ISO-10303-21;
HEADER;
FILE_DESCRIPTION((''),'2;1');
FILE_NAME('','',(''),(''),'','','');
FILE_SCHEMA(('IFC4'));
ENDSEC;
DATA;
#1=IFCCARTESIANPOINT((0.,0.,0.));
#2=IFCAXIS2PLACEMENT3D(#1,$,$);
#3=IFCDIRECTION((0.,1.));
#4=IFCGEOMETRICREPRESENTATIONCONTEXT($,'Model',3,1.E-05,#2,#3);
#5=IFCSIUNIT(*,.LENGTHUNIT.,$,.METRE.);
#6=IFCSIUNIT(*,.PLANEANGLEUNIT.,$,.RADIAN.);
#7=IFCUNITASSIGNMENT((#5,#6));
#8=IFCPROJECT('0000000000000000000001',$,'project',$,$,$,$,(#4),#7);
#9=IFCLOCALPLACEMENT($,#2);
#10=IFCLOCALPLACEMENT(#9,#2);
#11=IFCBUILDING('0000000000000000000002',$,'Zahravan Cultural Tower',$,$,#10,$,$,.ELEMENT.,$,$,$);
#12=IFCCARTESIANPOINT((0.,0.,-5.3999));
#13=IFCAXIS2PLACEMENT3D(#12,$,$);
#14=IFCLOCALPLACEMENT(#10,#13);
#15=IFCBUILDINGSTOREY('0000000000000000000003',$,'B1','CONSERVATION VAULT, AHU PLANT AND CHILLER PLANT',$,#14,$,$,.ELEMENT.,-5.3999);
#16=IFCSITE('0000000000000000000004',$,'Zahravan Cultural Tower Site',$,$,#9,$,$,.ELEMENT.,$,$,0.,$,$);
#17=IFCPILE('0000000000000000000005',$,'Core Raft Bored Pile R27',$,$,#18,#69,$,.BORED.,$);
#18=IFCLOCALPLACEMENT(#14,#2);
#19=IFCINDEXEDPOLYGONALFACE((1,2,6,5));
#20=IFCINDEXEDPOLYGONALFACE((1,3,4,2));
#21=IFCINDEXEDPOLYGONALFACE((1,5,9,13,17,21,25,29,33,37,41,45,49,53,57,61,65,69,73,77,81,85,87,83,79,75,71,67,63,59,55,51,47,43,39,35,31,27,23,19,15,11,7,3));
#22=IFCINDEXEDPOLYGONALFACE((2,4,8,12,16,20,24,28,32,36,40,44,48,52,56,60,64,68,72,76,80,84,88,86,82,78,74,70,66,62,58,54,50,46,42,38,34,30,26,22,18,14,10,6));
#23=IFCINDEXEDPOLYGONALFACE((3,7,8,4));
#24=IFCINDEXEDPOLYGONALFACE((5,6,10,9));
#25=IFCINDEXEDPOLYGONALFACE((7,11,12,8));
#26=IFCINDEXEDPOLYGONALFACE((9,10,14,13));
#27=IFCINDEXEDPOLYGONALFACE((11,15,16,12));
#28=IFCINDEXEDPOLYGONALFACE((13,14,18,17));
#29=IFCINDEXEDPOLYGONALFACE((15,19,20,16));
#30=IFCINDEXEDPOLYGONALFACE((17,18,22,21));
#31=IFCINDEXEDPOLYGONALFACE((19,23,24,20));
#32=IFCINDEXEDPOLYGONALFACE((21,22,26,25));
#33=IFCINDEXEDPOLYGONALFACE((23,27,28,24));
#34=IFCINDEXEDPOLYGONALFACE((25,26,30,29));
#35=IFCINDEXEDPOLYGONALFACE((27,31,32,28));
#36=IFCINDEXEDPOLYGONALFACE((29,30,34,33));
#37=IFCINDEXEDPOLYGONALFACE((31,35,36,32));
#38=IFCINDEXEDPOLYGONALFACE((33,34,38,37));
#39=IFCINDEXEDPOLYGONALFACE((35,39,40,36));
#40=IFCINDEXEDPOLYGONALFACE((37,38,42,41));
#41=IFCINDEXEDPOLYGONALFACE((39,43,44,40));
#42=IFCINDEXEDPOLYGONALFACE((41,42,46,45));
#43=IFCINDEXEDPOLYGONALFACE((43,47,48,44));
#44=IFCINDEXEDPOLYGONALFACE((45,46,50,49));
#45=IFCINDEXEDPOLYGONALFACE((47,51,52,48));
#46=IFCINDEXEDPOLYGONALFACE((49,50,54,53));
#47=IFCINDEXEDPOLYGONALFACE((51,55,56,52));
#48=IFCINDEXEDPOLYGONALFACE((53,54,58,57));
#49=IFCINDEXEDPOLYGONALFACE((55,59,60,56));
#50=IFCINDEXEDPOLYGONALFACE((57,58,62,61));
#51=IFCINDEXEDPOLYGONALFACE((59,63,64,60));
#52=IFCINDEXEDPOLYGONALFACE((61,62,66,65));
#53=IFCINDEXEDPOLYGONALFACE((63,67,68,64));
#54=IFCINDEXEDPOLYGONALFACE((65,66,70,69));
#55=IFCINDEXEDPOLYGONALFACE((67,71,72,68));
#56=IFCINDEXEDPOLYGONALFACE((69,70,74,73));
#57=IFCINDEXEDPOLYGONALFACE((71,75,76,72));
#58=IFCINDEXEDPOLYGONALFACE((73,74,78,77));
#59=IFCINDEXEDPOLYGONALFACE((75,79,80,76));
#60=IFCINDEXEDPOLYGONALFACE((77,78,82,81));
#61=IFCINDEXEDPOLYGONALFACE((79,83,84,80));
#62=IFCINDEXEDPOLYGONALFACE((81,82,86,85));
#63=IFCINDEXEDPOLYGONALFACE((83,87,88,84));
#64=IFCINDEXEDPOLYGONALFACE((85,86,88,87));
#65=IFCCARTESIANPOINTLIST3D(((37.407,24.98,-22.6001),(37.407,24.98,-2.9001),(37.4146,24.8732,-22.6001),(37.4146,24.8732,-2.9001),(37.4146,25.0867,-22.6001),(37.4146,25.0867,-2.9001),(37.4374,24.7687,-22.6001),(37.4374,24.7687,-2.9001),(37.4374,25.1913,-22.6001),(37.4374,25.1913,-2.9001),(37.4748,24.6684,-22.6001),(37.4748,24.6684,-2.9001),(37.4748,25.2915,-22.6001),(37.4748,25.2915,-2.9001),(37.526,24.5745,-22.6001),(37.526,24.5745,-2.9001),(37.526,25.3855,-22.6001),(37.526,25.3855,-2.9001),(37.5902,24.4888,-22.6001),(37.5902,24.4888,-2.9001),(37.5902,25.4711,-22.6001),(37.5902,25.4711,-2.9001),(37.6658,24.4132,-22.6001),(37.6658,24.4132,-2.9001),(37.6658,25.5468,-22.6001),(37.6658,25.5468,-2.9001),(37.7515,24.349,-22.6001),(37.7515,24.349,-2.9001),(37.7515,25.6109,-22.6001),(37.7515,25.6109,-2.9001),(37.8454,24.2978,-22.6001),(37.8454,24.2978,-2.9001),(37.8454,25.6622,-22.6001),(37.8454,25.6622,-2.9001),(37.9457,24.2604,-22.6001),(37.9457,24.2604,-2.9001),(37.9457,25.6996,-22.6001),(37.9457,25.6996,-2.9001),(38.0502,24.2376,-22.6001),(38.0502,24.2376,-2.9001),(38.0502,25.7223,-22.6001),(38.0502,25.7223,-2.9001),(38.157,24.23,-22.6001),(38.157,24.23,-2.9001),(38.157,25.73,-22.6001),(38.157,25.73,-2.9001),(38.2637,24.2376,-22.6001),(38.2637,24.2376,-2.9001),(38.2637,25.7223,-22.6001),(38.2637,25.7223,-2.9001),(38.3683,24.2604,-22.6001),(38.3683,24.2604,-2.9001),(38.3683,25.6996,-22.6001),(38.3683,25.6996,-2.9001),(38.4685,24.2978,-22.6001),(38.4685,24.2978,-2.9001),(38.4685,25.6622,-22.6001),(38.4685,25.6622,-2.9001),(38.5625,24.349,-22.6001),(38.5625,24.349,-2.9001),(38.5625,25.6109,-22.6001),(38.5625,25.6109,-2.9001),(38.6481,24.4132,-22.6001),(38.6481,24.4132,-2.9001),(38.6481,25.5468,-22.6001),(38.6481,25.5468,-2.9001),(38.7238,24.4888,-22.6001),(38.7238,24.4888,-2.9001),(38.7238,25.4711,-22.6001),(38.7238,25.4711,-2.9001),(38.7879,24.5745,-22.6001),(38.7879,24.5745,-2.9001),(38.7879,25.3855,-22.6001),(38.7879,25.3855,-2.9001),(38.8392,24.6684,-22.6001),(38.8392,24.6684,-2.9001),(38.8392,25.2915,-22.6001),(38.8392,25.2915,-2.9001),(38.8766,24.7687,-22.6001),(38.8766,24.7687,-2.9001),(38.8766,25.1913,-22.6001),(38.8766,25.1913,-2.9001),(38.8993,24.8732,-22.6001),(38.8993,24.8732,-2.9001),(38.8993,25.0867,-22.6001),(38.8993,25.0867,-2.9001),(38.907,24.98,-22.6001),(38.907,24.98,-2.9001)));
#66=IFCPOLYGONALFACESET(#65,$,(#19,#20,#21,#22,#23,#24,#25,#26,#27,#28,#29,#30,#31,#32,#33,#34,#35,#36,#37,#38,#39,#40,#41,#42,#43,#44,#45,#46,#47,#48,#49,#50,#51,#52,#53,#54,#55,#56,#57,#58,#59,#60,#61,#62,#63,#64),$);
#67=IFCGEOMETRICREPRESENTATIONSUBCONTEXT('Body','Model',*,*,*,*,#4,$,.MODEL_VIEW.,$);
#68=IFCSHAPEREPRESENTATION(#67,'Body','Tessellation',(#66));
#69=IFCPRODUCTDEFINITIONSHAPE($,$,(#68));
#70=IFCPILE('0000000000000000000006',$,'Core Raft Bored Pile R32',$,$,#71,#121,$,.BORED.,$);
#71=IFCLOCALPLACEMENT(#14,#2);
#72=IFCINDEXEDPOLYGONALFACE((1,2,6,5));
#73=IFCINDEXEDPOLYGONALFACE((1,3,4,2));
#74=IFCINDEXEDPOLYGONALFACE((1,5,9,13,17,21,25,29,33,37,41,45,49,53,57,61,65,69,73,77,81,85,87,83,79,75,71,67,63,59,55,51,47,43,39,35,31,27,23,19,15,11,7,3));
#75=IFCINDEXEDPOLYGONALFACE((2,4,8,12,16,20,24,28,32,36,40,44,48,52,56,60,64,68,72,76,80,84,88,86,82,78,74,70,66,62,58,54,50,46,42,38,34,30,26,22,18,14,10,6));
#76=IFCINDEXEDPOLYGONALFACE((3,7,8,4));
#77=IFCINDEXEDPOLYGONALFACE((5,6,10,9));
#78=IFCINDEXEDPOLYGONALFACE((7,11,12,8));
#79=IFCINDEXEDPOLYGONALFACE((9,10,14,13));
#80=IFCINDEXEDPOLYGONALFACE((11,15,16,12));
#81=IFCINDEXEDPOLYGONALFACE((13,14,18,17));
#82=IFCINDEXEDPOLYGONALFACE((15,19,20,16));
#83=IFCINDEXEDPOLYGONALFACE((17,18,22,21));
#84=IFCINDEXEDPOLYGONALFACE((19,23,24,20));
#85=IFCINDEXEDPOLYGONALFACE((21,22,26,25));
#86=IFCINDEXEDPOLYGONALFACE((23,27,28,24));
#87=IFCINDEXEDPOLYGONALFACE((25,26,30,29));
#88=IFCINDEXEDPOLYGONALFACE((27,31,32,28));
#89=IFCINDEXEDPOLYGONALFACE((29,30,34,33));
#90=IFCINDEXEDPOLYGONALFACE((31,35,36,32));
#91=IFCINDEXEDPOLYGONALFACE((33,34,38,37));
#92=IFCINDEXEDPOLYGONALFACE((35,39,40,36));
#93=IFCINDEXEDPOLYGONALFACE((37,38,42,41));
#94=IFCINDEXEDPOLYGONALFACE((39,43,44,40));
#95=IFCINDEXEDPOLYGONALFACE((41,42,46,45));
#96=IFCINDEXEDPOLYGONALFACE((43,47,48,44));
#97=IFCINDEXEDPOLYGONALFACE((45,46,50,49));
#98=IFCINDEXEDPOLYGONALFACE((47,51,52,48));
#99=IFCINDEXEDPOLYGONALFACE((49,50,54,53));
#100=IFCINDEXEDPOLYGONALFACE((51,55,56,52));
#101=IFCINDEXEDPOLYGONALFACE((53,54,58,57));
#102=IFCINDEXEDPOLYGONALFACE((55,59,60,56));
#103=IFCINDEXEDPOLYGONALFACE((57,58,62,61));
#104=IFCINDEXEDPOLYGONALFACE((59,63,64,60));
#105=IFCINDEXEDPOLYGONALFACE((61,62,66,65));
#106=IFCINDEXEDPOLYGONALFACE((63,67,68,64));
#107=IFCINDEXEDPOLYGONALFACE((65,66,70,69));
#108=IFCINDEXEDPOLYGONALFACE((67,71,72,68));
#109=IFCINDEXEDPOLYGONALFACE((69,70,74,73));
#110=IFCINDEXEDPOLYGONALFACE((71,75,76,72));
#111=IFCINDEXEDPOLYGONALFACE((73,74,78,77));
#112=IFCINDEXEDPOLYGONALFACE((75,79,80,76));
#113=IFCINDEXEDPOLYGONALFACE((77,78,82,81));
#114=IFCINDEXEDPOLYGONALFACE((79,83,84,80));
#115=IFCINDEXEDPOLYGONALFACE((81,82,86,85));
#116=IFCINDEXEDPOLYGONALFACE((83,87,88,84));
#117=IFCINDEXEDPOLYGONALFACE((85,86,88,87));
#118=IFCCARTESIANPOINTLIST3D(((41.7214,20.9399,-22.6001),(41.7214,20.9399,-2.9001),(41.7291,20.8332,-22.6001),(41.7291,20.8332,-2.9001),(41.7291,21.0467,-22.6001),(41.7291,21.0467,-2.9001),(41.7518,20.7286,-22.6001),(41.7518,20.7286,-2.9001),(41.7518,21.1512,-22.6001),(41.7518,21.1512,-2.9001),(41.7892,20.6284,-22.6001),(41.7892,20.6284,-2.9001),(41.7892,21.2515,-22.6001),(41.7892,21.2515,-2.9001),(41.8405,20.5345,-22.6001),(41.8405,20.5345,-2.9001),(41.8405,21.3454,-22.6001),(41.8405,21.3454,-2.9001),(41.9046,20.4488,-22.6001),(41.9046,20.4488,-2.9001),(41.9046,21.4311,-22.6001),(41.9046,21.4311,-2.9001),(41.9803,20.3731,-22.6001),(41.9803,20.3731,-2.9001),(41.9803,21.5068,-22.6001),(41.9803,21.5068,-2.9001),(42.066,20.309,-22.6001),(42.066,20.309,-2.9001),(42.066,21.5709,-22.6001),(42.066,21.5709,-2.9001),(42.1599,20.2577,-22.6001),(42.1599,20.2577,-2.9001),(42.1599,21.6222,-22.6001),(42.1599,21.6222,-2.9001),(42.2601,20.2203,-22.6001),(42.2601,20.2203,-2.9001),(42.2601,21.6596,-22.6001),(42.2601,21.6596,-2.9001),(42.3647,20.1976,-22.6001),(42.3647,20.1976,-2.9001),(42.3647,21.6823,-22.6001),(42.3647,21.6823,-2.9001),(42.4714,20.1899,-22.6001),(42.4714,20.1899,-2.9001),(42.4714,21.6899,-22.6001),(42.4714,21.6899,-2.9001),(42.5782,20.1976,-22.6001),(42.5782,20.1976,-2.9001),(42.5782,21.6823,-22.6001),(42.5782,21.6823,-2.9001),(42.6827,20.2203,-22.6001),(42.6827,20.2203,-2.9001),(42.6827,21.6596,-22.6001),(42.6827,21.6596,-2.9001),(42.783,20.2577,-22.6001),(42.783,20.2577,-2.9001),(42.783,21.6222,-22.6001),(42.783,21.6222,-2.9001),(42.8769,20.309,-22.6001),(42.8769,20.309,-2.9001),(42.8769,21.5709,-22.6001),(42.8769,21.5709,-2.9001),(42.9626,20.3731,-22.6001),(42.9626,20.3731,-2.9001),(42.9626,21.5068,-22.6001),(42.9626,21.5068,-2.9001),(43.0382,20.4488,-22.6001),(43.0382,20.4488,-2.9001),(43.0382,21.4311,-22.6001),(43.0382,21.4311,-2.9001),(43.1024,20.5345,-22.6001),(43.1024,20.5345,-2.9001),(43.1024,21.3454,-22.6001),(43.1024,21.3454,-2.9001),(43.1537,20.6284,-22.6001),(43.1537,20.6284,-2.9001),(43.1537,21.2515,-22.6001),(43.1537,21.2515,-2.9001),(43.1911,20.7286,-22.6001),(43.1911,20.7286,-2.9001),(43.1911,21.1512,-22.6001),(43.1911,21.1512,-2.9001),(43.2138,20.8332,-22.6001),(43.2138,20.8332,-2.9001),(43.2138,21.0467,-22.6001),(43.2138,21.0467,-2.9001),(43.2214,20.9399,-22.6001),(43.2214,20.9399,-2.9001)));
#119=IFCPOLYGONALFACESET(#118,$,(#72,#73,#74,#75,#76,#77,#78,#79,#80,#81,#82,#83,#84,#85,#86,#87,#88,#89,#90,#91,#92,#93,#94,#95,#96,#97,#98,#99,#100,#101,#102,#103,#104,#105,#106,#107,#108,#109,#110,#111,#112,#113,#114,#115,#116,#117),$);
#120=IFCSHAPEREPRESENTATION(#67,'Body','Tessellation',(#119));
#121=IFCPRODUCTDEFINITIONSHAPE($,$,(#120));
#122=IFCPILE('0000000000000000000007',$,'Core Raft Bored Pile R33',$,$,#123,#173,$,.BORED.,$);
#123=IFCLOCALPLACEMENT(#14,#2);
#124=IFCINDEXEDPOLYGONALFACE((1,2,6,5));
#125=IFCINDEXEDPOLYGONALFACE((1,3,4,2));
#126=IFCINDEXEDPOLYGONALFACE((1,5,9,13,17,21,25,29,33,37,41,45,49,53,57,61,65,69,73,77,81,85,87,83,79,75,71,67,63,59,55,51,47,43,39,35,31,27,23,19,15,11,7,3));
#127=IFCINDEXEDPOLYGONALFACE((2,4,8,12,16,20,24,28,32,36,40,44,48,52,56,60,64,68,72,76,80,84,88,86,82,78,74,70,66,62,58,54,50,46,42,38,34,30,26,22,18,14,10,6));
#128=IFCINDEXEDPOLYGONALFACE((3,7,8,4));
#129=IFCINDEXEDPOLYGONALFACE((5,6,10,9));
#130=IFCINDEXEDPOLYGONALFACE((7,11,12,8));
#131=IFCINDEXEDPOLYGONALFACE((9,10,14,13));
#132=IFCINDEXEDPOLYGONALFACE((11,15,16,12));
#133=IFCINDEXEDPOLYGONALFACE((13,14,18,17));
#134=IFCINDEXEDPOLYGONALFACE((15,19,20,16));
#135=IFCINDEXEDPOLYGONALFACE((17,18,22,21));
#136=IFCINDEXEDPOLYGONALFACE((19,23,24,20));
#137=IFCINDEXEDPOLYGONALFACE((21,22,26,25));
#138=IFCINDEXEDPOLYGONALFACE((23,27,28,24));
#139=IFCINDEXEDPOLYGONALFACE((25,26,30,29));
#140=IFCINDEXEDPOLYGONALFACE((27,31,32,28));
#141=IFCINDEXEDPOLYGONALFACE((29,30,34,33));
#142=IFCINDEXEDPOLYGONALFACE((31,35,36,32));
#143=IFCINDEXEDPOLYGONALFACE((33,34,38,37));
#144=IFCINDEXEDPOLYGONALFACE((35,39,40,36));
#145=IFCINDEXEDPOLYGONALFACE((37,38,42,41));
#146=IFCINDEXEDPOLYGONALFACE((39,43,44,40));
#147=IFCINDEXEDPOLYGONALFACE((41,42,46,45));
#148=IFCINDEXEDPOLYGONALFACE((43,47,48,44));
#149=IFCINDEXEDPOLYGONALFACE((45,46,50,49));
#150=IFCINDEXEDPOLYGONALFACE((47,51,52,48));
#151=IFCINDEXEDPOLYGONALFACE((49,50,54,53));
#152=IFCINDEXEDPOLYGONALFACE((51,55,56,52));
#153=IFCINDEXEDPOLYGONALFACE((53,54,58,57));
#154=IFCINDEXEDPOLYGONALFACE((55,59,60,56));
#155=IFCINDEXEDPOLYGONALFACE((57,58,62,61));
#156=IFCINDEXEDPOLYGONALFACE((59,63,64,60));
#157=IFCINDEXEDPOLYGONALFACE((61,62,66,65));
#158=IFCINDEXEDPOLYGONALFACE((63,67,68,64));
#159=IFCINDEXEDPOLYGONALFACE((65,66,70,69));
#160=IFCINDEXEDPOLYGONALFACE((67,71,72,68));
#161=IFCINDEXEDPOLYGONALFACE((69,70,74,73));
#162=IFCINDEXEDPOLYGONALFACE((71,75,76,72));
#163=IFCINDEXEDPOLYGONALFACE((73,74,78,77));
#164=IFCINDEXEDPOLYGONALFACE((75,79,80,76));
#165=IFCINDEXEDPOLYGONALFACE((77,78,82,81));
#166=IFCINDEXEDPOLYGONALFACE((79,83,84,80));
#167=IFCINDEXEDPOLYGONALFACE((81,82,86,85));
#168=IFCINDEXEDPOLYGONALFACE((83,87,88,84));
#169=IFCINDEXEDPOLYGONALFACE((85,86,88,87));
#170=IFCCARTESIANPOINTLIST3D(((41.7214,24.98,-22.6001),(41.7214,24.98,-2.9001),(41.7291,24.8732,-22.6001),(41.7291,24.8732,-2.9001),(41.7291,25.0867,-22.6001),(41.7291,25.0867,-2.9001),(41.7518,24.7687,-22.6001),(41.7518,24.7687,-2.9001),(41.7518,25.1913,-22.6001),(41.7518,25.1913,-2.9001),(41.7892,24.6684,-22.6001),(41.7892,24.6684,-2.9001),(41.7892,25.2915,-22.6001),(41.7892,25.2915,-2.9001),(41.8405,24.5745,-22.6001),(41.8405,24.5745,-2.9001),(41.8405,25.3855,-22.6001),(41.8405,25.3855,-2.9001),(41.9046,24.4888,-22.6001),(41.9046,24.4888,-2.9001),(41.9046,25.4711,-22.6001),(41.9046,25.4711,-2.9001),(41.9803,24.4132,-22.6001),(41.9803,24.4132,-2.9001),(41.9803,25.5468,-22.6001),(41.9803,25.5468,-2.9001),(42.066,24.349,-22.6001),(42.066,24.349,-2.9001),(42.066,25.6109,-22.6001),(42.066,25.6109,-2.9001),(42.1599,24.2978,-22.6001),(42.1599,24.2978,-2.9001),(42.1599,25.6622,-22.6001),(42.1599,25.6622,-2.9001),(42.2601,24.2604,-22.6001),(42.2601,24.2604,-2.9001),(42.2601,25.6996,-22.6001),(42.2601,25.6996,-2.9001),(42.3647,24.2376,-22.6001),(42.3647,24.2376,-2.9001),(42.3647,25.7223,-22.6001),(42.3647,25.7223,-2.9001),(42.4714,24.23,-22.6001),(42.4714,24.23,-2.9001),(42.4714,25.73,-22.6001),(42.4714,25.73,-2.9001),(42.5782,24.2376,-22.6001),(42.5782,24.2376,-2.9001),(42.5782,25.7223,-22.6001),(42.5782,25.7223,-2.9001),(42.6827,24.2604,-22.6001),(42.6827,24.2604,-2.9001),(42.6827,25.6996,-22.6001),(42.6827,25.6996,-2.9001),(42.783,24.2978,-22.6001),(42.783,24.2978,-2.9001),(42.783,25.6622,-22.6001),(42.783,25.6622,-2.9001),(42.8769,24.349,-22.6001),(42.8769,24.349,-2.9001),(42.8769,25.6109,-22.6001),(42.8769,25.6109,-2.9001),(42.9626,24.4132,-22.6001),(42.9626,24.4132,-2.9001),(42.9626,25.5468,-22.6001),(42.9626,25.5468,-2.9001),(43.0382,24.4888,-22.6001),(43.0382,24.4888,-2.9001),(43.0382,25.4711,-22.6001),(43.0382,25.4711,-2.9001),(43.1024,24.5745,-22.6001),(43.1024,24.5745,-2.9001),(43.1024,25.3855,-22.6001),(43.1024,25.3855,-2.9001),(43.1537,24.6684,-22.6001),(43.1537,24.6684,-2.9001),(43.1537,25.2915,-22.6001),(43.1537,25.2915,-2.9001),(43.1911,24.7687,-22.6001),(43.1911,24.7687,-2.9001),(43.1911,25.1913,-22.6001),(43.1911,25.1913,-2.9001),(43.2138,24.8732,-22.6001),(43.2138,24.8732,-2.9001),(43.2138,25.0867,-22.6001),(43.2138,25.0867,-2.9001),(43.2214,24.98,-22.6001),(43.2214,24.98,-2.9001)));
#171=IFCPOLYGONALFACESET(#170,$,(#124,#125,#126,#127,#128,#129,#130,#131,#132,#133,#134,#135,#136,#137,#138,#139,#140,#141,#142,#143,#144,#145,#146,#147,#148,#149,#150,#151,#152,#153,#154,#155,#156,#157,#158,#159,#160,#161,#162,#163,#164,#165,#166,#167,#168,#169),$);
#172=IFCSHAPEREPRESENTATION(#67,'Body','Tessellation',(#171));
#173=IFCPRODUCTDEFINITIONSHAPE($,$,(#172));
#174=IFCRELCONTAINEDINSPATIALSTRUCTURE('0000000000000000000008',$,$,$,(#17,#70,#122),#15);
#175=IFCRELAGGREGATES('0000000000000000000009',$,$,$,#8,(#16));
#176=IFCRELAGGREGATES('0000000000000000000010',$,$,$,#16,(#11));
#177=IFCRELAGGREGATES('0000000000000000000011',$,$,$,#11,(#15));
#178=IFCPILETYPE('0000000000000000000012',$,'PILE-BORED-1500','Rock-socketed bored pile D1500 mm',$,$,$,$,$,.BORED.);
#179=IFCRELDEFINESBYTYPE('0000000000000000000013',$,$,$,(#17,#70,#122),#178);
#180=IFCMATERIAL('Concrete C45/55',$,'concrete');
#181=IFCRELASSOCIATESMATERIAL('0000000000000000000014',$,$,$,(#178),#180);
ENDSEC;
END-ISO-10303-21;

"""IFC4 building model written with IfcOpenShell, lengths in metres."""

from ifc_helpers import new_model, si_unit, direction, frame, origin, origin_2d, place, context, subcontext, project, spatial, circle, extrude, material, material_profile, profile_set, type_object, element, save


model = new_model("IFC4")

# Units and contexts
model_context = context("Model", 3, precision=1e-05, world=origin(), true_north=direction((0.0, 1.0)))
body_context = subcontext(model_context, "Body", "Model", "MODEL_VIEW")
ifc_project = project(units=[si_unit("LENGTHUNIT", "METRE"), si_unit("PLANEANGLEUNIT", "RADIAN")], contexts=[model_context])

# Site, building, storey
site_placement = place(None, origin())
site = spatial("IfcSite", under=ifc_project, at=site_placement, Name="Zahravan Cultural Tower Site", CompositionType="ELEMENT", RefElevation=0.0)
building_placement = place(site_placement, origin())
building = spatial("IfcBuilding", under=site, at=building_placement, Name="Zahravan Cultural Tower", CompositionType="ELEMENT")
storey_placement = place(building_placement, frame((0.0, 0.0, -5.3999)))
storey = spatial("IfcBuildingStorey", under=building, at=storey_placement, Name="B1", Description="CONSERVATION VAULT, AHU PLANT AND CHILLER PLANT", CompositionType="ELEMENT", Elevation=-5.3999)

# Piles
ifc_material_1 = material(Name="Concrete C45/55", Category="concrete")
ifc_material_profile_1 = material_profile(ifc_material_1, circle(Radius=0.75, at=origin_2d()), Name="PILE-D1500")
ifc_profile_set_1 = profile_set([ifc_material_profile_1], Name="Concrete C45/55")
pile_type = type_object("IfcPileType", Name="PILE-BORED-1500", Description="Rock-socketed bored pile D1500 mm", PredefinedType="BORED", material=ifc_profile_set_1)
for number, where, z_axis, x_axis, name in (
    (1, (38.157, 24.98, -2.9001), (0.0, 0.0, -1.0), (1.0, 0.0, 0.0), "Core Raft Bored Pile R27"),
    (2, (42.4714, 20.9399, -2.9001), (0.0, 0.0, -1.0), (1.0, 0.0, 0.0), "Core Raft Bored Pile R32"),
    (3, (42.4714, 24.98, -2.9001), (0.0, 0.0, -1.0), (1.0, 0.0, 0.0), "Core Raft Bored Pile R33"),
):
    element("IfcPile", number, at=place(storey_placement, frame(where, z_axis=z_axis, x_axis=x_axis)), inside=storey, type_object=pile_type, Name=name, PredefinedType="BORED", context=body_context, shape_type="SweptSolid", body=[
        extrude(circle(Radius=0.75, at=origin_2d()), origin(), (0.0, 0.0, 1.0), 19.7),
    ])

save(model, "model.ifc")
